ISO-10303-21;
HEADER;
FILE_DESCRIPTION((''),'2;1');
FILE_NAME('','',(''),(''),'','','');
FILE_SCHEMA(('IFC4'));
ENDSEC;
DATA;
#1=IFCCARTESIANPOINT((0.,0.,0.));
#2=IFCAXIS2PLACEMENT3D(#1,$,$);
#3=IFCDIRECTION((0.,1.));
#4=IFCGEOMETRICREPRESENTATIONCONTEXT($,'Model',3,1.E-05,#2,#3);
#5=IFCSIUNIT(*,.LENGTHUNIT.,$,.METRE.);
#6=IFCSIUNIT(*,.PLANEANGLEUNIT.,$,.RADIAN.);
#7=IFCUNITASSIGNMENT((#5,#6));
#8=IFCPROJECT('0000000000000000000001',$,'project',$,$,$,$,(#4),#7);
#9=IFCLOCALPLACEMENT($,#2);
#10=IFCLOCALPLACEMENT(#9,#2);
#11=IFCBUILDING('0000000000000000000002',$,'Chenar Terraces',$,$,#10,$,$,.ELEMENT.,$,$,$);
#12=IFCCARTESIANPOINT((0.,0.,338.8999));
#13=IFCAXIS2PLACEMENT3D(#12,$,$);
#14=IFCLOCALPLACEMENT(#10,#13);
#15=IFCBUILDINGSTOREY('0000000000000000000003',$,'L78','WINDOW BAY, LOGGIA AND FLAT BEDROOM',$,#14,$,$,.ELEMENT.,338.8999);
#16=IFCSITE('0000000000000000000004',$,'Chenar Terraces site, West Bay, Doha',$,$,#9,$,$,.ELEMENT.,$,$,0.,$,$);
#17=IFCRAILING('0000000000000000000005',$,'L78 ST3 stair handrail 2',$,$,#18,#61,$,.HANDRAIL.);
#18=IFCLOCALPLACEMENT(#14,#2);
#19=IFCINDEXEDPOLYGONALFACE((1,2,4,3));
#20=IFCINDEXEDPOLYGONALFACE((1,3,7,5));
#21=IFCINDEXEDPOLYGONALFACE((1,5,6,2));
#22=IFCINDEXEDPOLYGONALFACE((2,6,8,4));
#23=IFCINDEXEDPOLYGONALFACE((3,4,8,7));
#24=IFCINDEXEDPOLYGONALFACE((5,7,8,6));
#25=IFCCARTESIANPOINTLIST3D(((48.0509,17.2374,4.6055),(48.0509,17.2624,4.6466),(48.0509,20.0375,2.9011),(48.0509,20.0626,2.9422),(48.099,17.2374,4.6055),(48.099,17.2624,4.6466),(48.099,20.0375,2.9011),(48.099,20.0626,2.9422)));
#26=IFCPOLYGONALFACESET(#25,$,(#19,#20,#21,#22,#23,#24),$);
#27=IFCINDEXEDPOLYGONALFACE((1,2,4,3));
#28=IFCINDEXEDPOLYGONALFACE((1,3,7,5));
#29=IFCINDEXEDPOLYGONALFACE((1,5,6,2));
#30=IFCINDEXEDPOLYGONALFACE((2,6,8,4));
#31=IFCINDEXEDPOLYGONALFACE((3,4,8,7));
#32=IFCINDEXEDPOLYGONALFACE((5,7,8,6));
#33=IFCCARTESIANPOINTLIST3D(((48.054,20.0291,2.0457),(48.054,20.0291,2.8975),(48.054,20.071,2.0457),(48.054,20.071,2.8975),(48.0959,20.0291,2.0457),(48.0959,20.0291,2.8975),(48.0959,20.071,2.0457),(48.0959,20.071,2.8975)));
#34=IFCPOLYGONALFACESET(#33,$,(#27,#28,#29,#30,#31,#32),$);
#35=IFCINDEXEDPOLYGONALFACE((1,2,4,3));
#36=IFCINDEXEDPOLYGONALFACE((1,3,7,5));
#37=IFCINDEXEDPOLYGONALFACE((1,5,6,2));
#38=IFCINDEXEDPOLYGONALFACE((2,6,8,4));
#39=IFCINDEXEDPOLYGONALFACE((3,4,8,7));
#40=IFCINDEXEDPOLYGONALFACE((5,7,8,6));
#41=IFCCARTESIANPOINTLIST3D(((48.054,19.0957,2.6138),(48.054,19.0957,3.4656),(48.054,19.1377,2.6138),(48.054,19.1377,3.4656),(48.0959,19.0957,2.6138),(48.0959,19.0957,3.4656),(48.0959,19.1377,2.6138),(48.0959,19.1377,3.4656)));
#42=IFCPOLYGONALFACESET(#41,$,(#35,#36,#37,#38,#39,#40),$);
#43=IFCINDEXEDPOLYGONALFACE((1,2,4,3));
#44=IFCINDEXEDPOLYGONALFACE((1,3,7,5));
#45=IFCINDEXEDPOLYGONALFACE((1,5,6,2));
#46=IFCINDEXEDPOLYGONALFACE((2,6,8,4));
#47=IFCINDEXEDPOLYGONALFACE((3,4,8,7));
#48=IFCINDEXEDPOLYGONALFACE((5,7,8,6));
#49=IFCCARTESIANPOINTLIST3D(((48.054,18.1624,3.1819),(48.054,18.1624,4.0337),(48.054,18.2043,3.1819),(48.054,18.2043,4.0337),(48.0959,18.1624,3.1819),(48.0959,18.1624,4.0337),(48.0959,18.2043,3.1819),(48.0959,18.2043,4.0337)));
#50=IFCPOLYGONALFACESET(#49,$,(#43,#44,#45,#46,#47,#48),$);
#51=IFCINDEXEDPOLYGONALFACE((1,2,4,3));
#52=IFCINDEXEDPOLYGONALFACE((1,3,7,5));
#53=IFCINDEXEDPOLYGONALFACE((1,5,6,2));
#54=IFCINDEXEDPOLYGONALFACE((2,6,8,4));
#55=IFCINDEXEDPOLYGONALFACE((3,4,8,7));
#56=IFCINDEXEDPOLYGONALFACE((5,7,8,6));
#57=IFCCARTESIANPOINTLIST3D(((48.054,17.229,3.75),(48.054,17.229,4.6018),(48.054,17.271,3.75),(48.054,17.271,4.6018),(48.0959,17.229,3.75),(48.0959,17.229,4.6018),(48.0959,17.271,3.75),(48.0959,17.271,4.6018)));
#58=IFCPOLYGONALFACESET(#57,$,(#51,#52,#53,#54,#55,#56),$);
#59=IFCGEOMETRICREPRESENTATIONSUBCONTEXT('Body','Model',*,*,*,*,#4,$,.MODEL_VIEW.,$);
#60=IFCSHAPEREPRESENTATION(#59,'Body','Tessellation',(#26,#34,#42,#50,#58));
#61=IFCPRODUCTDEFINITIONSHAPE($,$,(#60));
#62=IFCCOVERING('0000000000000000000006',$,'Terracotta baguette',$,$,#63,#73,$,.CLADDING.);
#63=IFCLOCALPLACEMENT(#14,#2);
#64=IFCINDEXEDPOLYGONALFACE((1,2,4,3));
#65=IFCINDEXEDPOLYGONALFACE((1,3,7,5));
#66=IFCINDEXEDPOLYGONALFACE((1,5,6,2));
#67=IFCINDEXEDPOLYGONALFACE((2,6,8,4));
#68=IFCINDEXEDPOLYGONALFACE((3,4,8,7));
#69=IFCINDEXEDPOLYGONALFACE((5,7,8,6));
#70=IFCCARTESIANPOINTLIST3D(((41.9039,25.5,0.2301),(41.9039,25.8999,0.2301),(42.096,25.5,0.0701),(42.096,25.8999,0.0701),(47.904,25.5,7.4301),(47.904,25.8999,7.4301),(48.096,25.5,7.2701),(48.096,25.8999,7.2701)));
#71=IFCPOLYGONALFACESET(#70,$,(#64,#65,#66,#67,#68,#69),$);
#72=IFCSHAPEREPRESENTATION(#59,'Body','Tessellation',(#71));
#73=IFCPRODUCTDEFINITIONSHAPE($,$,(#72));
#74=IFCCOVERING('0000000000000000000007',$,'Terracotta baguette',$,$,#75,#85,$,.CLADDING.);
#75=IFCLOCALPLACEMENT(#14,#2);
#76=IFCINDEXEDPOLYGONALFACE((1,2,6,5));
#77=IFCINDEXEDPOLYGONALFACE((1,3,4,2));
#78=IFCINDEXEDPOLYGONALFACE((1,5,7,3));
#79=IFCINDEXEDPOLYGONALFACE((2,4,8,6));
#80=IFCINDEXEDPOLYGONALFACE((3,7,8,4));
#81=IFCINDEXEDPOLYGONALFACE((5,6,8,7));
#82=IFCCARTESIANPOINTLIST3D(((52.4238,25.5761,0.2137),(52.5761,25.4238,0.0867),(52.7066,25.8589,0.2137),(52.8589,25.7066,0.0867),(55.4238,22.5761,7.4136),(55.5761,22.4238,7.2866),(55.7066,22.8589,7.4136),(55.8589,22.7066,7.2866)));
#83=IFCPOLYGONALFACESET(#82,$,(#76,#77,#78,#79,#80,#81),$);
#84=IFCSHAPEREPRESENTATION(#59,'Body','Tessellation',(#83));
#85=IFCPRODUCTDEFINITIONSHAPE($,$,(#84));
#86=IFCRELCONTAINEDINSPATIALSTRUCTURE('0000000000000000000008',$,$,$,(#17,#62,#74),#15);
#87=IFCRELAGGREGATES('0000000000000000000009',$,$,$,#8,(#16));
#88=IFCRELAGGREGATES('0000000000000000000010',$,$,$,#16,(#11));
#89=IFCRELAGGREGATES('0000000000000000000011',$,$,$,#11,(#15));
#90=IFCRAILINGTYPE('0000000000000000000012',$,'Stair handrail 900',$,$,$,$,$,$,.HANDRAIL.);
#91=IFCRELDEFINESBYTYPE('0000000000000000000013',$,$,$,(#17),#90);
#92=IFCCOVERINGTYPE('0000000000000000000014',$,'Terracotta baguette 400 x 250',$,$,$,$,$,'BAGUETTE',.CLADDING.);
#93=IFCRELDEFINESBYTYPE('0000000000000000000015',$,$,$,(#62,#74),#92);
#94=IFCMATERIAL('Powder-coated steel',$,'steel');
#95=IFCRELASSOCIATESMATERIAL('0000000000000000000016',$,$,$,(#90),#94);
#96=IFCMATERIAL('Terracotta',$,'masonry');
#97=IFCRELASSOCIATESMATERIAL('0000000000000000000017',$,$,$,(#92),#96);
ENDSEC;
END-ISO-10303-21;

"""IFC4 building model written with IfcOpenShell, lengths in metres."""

from ifc_helpers import new_model, si_unit, direction, frame, origin, origin_2d, place, context, subcontext, project, spatial, rectangle, extrude, material, material_profile, profile_set, type_object, element, save


model = new_model("IFC4")

# Units and contexts
model_context = context("Model", 3, precision=1e-05, world=origin(), true_north=direction((0.0, 1.0)))
body_context = subcontext(model_context, "Body", "Model", "MODEL_VIEW")
ifc_project = project(units=[si_unit("LENGTHUNIT", "METRE"), si_unit("PLANEANGLEUNIT", "RADIAN")], contexts=[model_context])

# Site, building, storey
site_placement = place(None, origin())
site = spatial("IfcSite", under=ifc_project, at=site_placement, Name="Chenar Terraces site, West Bay, Doha", CompositionType="ELEMENT", RefElevation=0.0)
building_placement = place(site_placement, origin())
building = spatial("IfcBuilding", under=site, at=building_placement, Name="Chenar Terraces", CompositionType="ELEMENT")
storey_placement = place(building_placement, frame((0.0, 0.0, 338.8999)))
storey = spatial("IfcBuildingStorey", under=building, at=storey_placement, Name="L78", Description="WINDOW BAY, LOGGIA AND FLAT BEDROOM", CompositionType="ELEMENT", Elevation=338.8999)

# Railing
ifc_material_1 = material(Name="Powder-coated steel", Category="steel")
railing_type_1 = type_object("IfcRailingType", Name="Stair handrail 900", PredefinedType="HANDRAIL", material=ifc_material_1)
railing_1_placement = place(storey_placement, frame((48.075, 20.05, 2.0457)))
element("IfcRailing", 1, at=railing_1_placement, inside=storey, type_object=railing_type_1, Name="L78 ST3 stair handrail 2", PredefinedType="HANDRAIL", context=body_context, shape_type="SweptSolid", body=[
    extrude(rectangle(XDim=0.0481, YDim=0.0481, at=origin_2d()), frame((0.0, 0.0, 0.876), z_axis=(0.0, -0.854203, 0.51994), x_axis=(1.0, 0.0, 0.0)), (0.0, 0.0, 1.0), 3.2781),
    extrude(rectangle(XDim=0.042, YDim=0.042, at=origin_2d()), origin(), (0.0, 0.0, 1.0), 0.8518),
    extrude(rectangle(XDim=0.042, YDim=0.042, at=origin_2d()), frame((0.0, -0.9333, 0.5681)), (0.0, 0.0, 1.0), 0.8518),
    extrude(rectangle(XDim=0.042, YDim=0.042, at=origin_2d()), frame((0.0, -1.8667, 1.1362)), (0.0, 0.0, 1.0), 0.8518),
    extrude(rectangle(XDim=0.042, YDim=0.042, at=origin_2d()), frame((0.0, -2.8, 1.7043)), (0.0, 0.0, 1.0), 0.8518),
])

# Coverings
ifc_material_2 = material(Name="Terracotta", Category="masonry")
ifc_material_profile_1 = material_profile(ifc_material_2, rectangle(XDim=0.3999, YDim=0.25, at=origin_2d()), Name="Terracotta baguette 400 x 250")
ifc_profile_set_1 = profile_set([ifc_material_profile_1], Name="Terracotta")
covering_type = type_object("IfcCoveringType", Name="Terracotta baguette 400 x 250", ElementType="BAGUETTE", PredefinedType="CLADDING", material=ifc_profile_set_1)
covering_1_placement = place(storey_placement, frame((48.0, 25.7, 7.3501), z_axis=(-0.640187, 0.0, -0.768219), x_axis=(0.0, -1.0, 0.0)))
element("IfcCovering", 2, at=covering_1_placement, inside=storey, type_object=covering_type, Name="Terracotta baguette", PredefinedType="CLADDING", context=body_context, shape_type="SweptSolid", body=[
    extrude(rectangle(XDim=0.3999, YDim=0.25, at=origin_2d()), origin(), (0.0, 0.0, 1.0), 9.3723),
])
covering_2_placement = place(storey_placement, frame((55.6414, 22.6414, 7.3501), z_axis=(-0.358981, 0.358981, -0.861548), x_axis=(-0.707107, -0.707107, 0.0)))
element("IfcCovering", 3, at=covering_2_placement, inside=storey, type_object=covering_type, Name="Terracotta baguette", PredefinedType="CLADDING", context=body_context, shape_type="SweptSolid", body=[
    extrude(rectangle(XDim=0.3999, YDim=0.25, at=origin_2d()), origin(), (0.0, 0.0, 1.0), 8.3569),
])

save(model, "model.ifc")
